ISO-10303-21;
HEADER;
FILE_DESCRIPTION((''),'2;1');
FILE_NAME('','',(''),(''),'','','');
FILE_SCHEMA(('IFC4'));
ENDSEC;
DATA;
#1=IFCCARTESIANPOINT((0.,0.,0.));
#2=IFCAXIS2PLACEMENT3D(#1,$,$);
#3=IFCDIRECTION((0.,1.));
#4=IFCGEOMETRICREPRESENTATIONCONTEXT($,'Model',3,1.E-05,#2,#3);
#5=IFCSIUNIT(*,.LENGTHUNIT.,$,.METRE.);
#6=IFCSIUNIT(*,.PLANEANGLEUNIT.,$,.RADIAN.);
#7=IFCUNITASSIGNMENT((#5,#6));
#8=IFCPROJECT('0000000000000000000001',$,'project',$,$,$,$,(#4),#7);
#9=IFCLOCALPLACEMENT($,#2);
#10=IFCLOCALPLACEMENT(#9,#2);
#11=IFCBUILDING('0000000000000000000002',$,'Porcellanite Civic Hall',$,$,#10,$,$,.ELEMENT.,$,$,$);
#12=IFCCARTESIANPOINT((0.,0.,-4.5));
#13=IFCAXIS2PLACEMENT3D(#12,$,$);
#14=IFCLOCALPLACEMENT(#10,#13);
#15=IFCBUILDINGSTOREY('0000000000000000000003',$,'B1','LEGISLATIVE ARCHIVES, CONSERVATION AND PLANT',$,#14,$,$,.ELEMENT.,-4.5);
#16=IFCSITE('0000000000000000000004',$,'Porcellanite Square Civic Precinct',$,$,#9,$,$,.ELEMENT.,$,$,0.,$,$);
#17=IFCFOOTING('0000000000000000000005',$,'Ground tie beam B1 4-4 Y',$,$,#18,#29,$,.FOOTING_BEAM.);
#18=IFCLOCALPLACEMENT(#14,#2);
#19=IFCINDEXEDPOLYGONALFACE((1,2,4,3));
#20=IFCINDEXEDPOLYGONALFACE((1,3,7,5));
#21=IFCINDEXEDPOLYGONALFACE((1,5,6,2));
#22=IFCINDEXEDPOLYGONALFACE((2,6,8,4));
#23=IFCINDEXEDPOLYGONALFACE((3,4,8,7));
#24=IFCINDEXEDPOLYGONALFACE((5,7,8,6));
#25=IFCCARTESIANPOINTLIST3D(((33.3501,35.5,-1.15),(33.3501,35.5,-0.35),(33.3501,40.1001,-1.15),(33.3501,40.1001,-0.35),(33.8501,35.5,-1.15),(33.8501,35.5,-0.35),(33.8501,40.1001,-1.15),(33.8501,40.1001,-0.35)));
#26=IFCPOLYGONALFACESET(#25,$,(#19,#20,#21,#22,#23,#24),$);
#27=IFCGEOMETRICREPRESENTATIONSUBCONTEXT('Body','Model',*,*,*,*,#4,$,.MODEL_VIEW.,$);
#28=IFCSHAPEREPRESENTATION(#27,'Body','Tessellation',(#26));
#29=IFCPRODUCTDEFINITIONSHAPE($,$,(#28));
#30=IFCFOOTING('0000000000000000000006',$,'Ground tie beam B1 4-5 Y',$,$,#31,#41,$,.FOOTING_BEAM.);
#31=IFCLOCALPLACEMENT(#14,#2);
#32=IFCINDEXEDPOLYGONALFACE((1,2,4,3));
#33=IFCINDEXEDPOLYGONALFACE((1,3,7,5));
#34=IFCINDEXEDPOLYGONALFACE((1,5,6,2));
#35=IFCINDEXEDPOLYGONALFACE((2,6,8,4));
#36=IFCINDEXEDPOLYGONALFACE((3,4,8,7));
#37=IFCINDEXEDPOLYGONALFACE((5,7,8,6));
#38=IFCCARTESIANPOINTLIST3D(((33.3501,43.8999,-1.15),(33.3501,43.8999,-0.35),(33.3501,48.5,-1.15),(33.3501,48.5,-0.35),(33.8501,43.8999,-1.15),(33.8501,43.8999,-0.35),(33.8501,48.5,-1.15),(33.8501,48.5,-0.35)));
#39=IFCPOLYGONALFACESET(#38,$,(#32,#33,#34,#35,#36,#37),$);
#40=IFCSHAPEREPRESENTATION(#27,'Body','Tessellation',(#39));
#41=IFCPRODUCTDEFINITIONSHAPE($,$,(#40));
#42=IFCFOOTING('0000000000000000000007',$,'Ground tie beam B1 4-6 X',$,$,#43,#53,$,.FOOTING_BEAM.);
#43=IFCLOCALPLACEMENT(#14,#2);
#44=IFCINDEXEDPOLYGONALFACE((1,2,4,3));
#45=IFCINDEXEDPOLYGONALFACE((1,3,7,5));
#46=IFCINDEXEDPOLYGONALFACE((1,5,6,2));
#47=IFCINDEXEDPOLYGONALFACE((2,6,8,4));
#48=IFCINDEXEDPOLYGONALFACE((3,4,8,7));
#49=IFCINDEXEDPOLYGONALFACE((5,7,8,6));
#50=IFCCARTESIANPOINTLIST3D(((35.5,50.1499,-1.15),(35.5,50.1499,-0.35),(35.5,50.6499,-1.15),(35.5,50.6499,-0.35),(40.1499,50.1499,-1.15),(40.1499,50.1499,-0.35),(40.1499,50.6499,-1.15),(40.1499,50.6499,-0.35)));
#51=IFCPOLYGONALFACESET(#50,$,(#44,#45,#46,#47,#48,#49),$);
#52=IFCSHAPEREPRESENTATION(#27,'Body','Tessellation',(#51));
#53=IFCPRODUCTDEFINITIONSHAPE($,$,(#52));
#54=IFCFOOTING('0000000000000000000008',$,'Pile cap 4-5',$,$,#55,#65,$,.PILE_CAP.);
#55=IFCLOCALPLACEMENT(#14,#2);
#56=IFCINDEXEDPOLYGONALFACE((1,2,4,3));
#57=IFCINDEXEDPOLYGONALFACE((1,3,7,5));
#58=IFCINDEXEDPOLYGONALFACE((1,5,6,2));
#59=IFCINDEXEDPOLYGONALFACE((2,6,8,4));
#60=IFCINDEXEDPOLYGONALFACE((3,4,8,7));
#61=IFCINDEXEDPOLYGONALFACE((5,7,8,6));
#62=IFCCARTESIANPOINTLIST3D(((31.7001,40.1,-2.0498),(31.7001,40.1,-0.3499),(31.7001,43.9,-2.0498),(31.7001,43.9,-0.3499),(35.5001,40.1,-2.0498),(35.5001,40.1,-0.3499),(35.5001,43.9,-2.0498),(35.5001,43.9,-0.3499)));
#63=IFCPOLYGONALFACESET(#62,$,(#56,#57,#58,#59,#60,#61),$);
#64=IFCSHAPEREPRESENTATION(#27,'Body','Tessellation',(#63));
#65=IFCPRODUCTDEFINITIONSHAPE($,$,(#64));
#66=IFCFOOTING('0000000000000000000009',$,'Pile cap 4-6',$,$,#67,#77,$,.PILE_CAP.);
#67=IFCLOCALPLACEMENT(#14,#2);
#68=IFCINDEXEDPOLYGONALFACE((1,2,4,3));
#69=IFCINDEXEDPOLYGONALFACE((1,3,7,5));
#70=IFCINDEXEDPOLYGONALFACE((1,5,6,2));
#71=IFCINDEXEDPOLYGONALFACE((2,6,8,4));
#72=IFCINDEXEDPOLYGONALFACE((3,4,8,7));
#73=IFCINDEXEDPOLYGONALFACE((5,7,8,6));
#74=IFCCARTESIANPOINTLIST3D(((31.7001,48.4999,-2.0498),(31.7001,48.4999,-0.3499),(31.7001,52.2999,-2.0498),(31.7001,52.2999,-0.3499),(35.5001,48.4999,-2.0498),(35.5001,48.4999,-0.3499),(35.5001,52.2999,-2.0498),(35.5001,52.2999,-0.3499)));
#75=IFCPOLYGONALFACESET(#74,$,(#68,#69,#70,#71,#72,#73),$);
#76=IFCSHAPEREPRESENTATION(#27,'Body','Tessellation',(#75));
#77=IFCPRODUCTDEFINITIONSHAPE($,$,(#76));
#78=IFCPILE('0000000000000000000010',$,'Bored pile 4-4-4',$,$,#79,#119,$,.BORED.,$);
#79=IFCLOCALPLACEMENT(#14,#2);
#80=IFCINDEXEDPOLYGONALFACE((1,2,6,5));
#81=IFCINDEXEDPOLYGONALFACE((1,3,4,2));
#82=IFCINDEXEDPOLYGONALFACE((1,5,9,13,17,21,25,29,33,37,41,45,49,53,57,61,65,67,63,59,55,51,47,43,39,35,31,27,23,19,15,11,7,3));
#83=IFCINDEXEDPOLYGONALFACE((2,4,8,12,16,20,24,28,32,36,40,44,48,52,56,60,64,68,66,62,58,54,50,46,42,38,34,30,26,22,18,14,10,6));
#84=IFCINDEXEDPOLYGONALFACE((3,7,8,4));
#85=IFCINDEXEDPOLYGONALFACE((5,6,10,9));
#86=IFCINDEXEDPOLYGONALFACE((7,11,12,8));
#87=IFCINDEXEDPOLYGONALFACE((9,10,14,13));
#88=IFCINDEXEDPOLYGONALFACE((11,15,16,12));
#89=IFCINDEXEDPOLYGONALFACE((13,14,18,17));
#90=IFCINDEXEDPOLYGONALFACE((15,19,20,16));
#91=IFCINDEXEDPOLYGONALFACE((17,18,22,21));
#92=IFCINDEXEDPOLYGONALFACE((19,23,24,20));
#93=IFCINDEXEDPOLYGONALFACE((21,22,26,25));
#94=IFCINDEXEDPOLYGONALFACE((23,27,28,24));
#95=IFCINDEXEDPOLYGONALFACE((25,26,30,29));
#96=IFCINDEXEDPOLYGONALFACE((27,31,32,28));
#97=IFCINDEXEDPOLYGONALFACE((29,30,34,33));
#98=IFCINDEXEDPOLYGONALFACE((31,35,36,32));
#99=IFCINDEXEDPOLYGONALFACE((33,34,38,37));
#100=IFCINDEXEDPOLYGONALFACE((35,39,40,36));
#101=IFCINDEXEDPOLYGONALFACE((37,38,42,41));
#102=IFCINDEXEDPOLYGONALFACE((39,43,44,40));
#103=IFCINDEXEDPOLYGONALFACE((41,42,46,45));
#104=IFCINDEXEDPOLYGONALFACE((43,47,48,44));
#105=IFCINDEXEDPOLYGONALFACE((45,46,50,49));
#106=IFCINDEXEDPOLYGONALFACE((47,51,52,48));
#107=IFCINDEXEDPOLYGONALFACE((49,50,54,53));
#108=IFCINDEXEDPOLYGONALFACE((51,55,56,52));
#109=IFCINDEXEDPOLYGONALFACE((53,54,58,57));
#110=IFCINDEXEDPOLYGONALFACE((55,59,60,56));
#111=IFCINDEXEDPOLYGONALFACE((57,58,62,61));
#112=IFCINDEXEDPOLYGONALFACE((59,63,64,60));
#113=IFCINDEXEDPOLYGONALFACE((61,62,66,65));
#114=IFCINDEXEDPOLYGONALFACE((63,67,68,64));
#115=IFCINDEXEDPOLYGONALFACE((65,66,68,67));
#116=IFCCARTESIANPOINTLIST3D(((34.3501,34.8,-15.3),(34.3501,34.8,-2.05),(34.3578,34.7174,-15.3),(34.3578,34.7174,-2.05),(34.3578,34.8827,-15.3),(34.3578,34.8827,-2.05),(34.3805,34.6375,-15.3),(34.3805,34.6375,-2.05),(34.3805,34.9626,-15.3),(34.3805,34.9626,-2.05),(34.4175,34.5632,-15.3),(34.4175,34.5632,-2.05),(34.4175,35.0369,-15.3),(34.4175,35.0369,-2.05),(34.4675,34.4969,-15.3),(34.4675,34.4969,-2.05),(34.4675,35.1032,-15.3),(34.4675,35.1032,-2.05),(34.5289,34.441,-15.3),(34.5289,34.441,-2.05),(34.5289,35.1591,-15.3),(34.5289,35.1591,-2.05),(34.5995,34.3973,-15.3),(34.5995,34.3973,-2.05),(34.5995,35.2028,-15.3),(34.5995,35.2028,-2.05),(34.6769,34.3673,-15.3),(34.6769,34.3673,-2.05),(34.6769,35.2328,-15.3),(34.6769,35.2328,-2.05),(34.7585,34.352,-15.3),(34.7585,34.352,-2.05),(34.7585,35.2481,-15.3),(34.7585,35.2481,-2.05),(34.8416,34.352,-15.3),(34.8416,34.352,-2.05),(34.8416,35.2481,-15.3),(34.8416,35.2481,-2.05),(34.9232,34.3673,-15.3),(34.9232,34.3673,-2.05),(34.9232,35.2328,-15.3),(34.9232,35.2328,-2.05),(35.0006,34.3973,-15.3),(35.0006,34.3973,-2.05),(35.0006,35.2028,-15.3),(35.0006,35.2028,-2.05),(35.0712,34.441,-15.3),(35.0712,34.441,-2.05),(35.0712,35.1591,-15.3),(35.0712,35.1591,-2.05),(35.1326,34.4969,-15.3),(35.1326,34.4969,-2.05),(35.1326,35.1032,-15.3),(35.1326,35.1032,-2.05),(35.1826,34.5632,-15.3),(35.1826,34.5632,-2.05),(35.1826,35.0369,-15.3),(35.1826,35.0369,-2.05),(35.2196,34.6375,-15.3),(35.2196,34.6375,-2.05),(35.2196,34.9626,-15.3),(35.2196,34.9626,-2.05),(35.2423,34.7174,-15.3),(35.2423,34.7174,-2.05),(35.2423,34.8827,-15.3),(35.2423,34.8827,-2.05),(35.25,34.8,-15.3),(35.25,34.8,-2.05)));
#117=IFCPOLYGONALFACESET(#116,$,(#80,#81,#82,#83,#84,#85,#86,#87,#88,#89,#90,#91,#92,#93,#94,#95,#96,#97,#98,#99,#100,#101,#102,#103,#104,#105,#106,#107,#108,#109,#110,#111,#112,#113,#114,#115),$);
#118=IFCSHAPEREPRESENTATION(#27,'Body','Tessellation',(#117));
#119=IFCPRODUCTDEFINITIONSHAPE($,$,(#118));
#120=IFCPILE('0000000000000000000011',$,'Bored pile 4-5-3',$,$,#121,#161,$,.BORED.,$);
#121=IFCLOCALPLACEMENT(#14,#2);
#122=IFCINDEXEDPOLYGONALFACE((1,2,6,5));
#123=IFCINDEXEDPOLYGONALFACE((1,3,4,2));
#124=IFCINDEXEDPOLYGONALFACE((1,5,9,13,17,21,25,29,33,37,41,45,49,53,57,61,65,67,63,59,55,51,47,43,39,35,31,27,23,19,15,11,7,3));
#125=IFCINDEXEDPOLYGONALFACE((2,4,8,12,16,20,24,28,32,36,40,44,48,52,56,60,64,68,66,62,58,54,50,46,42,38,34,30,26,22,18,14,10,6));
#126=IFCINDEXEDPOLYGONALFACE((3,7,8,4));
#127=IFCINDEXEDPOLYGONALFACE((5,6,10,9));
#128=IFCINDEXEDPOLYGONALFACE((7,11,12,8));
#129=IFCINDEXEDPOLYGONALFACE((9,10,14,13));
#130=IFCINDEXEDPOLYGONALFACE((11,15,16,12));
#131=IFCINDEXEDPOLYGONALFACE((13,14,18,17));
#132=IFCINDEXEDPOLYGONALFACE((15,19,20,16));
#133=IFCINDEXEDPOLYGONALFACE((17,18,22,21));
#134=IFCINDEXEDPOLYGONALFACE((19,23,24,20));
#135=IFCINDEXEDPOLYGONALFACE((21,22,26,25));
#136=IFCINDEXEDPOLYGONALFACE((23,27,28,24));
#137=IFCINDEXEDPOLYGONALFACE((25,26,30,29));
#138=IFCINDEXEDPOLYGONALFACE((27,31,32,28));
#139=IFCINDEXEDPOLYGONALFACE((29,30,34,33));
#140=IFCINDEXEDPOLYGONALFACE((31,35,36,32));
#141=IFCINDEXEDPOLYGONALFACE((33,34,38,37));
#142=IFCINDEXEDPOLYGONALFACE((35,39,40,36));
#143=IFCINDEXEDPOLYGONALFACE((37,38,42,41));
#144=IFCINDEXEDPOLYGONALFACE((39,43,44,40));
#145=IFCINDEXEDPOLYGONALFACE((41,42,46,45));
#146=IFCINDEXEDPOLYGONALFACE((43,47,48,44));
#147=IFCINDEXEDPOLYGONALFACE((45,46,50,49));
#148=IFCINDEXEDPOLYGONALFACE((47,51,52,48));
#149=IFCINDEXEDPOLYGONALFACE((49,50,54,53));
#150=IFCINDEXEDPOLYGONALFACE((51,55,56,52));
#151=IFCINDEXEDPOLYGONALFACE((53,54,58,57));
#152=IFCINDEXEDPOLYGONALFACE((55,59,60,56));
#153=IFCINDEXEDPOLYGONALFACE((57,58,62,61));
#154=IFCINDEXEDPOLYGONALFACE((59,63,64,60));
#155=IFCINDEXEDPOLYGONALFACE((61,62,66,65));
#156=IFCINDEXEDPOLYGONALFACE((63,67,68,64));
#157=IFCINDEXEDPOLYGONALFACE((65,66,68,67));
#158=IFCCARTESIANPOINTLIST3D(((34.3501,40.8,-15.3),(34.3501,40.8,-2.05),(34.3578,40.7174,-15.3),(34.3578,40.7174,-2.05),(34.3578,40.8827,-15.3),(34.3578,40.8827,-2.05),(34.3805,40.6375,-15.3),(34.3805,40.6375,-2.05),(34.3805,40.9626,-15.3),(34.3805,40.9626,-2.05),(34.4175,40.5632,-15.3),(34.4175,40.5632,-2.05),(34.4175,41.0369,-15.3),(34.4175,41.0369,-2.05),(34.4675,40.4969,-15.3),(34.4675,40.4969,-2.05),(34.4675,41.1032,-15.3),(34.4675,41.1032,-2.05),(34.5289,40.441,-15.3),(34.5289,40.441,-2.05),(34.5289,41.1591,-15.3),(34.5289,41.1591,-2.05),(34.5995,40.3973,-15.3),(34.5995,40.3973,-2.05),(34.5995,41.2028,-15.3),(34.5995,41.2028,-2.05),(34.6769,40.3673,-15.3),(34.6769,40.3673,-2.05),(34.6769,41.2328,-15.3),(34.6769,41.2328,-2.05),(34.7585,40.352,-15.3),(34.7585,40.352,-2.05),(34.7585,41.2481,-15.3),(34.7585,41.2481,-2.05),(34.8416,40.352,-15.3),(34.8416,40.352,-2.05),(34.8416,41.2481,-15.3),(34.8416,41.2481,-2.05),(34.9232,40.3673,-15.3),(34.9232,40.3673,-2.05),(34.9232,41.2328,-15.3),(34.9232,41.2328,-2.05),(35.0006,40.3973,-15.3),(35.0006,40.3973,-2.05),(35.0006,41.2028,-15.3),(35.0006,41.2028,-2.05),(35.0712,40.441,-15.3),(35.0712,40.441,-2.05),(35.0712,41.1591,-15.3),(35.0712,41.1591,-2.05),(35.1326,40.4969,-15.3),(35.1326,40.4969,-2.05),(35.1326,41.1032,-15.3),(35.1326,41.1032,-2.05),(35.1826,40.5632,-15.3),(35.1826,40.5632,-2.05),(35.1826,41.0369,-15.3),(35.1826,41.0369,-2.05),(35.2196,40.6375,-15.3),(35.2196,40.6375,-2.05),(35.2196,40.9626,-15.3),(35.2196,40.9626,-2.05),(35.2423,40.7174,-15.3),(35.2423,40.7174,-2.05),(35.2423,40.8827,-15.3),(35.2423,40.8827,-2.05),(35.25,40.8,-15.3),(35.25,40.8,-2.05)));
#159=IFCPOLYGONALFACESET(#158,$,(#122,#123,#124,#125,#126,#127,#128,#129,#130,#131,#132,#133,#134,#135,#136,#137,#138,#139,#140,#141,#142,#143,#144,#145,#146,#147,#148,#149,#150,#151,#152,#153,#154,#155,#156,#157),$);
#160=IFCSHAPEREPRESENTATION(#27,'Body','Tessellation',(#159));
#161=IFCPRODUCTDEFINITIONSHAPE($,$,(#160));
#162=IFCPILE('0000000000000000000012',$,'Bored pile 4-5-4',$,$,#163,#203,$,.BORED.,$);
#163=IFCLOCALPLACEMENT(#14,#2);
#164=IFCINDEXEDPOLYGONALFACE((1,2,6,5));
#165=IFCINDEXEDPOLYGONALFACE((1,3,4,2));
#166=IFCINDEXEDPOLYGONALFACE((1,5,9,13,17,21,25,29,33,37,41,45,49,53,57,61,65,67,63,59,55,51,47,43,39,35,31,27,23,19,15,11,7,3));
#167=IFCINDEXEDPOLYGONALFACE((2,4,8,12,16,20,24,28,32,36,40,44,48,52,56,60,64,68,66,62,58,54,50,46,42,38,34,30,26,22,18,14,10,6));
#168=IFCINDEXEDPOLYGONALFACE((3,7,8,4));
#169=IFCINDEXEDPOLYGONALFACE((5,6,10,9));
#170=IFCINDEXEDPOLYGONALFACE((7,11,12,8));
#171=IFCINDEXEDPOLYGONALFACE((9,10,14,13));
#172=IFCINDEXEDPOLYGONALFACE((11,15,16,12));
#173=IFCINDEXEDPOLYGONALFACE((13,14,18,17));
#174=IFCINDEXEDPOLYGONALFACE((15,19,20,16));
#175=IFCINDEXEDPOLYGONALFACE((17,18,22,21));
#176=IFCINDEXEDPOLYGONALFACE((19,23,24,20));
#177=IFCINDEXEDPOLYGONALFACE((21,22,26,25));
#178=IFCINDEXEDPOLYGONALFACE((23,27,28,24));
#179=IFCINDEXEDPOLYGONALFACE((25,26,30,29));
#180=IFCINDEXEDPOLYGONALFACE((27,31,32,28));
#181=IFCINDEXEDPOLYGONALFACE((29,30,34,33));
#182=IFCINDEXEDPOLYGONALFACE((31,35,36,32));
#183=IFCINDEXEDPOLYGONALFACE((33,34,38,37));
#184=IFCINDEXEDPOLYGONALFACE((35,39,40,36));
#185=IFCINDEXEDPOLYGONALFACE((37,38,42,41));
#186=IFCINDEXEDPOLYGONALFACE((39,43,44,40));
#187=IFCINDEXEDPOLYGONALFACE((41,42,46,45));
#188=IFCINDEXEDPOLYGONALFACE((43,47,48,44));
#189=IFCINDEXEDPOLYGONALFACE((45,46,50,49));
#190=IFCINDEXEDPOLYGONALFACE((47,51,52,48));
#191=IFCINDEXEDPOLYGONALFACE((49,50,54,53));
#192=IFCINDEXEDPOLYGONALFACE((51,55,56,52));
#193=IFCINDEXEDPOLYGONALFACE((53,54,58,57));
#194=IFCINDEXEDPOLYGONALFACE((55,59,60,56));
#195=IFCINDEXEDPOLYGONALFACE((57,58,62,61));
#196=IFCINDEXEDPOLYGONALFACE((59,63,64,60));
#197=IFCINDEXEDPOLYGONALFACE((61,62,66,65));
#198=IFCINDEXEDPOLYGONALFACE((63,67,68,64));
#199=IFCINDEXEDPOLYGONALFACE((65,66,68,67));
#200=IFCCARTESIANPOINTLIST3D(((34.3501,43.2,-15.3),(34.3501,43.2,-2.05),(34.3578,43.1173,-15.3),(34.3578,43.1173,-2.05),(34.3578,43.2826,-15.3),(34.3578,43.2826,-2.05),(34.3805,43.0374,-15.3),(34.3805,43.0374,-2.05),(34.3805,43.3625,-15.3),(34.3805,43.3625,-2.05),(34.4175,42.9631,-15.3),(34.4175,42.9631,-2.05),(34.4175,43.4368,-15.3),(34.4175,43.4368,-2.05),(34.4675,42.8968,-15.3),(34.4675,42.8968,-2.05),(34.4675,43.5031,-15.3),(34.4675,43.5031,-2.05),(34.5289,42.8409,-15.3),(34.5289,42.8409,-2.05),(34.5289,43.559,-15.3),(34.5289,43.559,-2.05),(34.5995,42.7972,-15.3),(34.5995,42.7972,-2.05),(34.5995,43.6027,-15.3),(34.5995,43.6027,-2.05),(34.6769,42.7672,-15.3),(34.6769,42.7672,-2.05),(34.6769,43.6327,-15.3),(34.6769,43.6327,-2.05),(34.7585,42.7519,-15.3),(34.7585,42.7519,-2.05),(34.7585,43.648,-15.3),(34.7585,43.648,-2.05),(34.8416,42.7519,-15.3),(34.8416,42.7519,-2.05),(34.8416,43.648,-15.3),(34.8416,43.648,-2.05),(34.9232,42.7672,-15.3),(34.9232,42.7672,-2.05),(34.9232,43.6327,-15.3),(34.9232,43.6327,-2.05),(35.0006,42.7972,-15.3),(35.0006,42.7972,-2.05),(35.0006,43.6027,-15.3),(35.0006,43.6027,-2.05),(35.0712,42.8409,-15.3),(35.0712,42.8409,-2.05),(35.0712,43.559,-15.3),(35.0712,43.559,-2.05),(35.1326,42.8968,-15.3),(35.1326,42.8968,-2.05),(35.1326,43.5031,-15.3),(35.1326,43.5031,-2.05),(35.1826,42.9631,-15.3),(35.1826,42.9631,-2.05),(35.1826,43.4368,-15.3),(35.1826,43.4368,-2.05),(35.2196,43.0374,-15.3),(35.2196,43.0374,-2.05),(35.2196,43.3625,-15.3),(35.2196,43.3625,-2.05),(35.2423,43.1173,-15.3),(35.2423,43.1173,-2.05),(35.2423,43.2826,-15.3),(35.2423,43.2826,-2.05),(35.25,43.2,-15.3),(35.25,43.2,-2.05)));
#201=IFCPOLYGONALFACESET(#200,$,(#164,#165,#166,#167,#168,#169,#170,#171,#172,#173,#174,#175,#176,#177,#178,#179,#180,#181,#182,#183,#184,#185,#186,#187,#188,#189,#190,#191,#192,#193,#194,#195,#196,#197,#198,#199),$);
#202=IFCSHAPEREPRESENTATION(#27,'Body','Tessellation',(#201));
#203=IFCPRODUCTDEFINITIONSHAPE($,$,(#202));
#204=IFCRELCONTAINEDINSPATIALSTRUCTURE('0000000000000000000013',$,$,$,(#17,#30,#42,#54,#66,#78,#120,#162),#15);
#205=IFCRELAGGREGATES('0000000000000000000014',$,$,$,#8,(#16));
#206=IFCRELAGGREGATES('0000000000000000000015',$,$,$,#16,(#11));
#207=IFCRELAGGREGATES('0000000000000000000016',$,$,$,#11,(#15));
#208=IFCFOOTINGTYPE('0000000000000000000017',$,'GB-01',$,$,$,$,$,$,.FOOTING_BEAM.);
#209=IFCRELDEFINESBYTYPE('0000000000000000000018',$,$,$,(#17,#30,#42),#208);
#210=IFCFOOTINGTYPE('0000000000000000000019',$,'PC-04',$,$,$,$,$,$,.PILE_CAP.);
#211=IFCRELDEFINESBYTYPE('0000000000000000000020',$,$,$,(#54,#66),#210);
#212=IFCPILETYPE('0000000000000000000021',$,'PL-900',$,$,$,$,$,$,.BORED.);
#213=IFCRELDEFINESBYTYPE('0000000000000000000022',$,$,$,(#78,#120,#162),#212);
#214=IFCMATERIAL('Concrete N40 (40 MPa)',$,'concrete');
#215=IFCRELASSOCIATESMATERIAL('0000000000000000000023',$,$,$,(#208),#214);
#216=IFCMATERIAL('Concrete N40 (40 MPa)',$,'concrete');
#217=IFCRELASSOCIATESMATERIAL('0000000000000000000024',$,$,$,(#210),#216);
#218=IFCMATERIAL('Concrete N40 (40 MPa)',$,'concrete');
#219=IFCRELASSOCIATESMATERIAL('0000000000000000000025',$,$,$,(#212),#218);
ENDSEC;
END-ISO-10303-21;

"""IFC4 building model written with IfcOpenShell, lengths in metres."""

from ifc_helpers import new_model, si_unit, direction, frame, origin, origin_2d, place, context, subcontext, project, spatial, rectangle, circle, extrude, material, material_profile, profile_set, type_object, element, save


model = new_model("IFC4")

# Units and contexts
model_context = context("Model", 3, precision=1e-05, world=origin(), true_north=direction((0.0, 1.0)))
body_context = subcontext(model_context, "Body", "Model", "MODEL_VIEW")
ifc_project = project(units=[si_unit("LENGTHUNIT", "METRE"), si_unit("PLANEANGLEUNIT", "RADIAN")], contexts=[model_context])

# Site, building, storey
site_placement = place(None, origin())
site = spatial("IfcSite", under=ifc_project, at=site_placement, Name="Porcellanite Square Civic Precinct", CompositionType="ELEMENT", RefElevation=0.0)
building_placement = place(site_placement, origin())
building = spatial("IfcBuilding", under=site, at=building_placement, Name="Porcellanite Civic Hall", CompositionType="ELEMENT")
storey_placement = place(building_placement, frame((0.0, 0.0, -4.5)))
storey = spatial("IfcBuildingStorey", under=building, at=storey_placement, Name="B1", Description="LEGISLATIVE ARCHIVES, CONSERVATION AND PLANT", CompositionType="ELEMENT", Elevation=-4.5)

# Footings
ifc_material_1 = material(Name="Concrete N40 (40 MPa)", Category="concrete")
ifc_material_profile_1 = material_profile(ifc_material_1, rectangle(XDim=0.5, YDim=0.8, at=origin_2d()), Name="RC-500x800")
ifc_profile_set_1 = profile_set([ifc_material_profile_1], Name="Concrete N40 (40 MPa)")
footing_type_1 = type_object("IfcFootingType", Name="GB-01", PredefinedType="FOOTING_BEAM", material=ifc_profile_set_1)
for number, where, z_axis, x_axis, name in (
    (1, (33.6001, 35.5, -0.75), (0.0, 1.0, 0.0), (-1.0, 0.0, 0.0), "Ground tie beam B1 4-4 Y"),
    (2, (33.6001, 43.8999, -0.75), (0.0, 1.0, 0.0), (-1.0, 0.0, 0.0), "Ground tie beam B1 4-5 Y"),
):
    element("IfcFooting", number, at=place(storey_placement, frame(where, z_axis=z_axis, x_axis=x_axis)), inside=storey, type_object=footing_type_1, Name=name, PredefinedType="FOOTING_BEAM", context=body_context, shape_type="SweptSolid", body=[
        extrude(rectangle(XDim=0.5, YDim=0.8, at=origin_2d()), origin(), (0.0, 0.0, 1.0), 4.6001),
    ])
footing_placement = place(storey_placement, frame((35.5, 50.3999, -0.75), z_axis=(1.0, 0.0, 0.0), x_axis=(0.0, 1.0, 0.0)))
element("IfcFooting", 3, at=footing_placement, inside=storey, type_object=footing_type_1, Name="Ground tie beam B1 4-6 X", PredefinedType="FOOTING_BEAM", context=body_context, shape_type="SweptSolid", body=[
    extrude(rectangle(XDim=0.5, YDim=0.8, at=origin_2d()), origin(), (0.0, 0.0, 1.0), 4.6499),
])
ifc_material_2 = material(Name="Concrete N40 (40 MPa)", Category="concrete")
footing_type_2 = type_object("IfcFootingType", Name="PC-04", PredefinedType="PILE_CAP", material=ifc_material_2)
for number, where, z_axis, x_axis, name in (
    (4, (33.6001, 42.0, -2.0498), (0.0, 0.0, 1.0), (1.0, 0.0, 0.0), "Pile cap 4-5"),
    (5, (33.6001, 50.3999, -2.0498), (0.0, 0.0, 1.0), (1.0, 0.0, 0.0), "Pile cap 4-6"),
):
    element("IfcFooting", number, at=place(storey_placement, frame(where, z_axis=z_axis, x_axis=x_axis)), inside=storey, type_object=footing_type_2, Name=name, PredefinedType="PILE_CAP", context=body_context, shape_type="SweptSolid", body=[
        extrude(rectangle(XDim=3.8, YDim=3.8, at=origin_2d()), origin(), (0.0, 0.0, 1.0), 1.7),
    ])

# Piles
ifc_material_3 = material(Name="Concrete N40 (40 MPa)", Category="concrete")
ifc_material_profile_2 = material_profile(ifc_material_3, circle(Radius=0.45, at=origin_2d()), Name="PILE-D900")
ifc_profile_set_2 = profile_set([ifc_material_profile_2], Name="Concrete N40 (40 MPa)")
pile_type = type_object("IfcPileType", Name="PL-900", PredefinedType="BORED", material=ifc_profile_set_2)
for number, where, z_axis, x_axis, name in (
    (6, (34.8, 34.8, -2.05), (0.0, 0.0, -1.0), (1.0, 0.0, 0.0), "Bored pile 4-4-4"),
    (7, (34.8, 40.8, -2.05), (0.0, 0.0, -1.0), (1.0, 0.0, 0.0), "Bored pile 4-5-3"),
    (8, (34.8, 43.2, -2.05), (0.0, 0.0, -1.0), (1.0, 0.0, 0.0), "Bored pile 4-5-4"),
):
    element("IfcPile", number, at=place(storey_placement, frame(where, z_axis=z_axis, x_axis=x_axis)), inside=storey, type_object=pile_type, Name=name, PredefinedType="BORED", context=body_context, shape_type="SweptSolid", body=[
        extrude(circle(Radius=0.45, at=origin_2d()), origin(), (0.0, 0.0, 1.0), 13.25),
    ])

save(model, "model.ifc")
